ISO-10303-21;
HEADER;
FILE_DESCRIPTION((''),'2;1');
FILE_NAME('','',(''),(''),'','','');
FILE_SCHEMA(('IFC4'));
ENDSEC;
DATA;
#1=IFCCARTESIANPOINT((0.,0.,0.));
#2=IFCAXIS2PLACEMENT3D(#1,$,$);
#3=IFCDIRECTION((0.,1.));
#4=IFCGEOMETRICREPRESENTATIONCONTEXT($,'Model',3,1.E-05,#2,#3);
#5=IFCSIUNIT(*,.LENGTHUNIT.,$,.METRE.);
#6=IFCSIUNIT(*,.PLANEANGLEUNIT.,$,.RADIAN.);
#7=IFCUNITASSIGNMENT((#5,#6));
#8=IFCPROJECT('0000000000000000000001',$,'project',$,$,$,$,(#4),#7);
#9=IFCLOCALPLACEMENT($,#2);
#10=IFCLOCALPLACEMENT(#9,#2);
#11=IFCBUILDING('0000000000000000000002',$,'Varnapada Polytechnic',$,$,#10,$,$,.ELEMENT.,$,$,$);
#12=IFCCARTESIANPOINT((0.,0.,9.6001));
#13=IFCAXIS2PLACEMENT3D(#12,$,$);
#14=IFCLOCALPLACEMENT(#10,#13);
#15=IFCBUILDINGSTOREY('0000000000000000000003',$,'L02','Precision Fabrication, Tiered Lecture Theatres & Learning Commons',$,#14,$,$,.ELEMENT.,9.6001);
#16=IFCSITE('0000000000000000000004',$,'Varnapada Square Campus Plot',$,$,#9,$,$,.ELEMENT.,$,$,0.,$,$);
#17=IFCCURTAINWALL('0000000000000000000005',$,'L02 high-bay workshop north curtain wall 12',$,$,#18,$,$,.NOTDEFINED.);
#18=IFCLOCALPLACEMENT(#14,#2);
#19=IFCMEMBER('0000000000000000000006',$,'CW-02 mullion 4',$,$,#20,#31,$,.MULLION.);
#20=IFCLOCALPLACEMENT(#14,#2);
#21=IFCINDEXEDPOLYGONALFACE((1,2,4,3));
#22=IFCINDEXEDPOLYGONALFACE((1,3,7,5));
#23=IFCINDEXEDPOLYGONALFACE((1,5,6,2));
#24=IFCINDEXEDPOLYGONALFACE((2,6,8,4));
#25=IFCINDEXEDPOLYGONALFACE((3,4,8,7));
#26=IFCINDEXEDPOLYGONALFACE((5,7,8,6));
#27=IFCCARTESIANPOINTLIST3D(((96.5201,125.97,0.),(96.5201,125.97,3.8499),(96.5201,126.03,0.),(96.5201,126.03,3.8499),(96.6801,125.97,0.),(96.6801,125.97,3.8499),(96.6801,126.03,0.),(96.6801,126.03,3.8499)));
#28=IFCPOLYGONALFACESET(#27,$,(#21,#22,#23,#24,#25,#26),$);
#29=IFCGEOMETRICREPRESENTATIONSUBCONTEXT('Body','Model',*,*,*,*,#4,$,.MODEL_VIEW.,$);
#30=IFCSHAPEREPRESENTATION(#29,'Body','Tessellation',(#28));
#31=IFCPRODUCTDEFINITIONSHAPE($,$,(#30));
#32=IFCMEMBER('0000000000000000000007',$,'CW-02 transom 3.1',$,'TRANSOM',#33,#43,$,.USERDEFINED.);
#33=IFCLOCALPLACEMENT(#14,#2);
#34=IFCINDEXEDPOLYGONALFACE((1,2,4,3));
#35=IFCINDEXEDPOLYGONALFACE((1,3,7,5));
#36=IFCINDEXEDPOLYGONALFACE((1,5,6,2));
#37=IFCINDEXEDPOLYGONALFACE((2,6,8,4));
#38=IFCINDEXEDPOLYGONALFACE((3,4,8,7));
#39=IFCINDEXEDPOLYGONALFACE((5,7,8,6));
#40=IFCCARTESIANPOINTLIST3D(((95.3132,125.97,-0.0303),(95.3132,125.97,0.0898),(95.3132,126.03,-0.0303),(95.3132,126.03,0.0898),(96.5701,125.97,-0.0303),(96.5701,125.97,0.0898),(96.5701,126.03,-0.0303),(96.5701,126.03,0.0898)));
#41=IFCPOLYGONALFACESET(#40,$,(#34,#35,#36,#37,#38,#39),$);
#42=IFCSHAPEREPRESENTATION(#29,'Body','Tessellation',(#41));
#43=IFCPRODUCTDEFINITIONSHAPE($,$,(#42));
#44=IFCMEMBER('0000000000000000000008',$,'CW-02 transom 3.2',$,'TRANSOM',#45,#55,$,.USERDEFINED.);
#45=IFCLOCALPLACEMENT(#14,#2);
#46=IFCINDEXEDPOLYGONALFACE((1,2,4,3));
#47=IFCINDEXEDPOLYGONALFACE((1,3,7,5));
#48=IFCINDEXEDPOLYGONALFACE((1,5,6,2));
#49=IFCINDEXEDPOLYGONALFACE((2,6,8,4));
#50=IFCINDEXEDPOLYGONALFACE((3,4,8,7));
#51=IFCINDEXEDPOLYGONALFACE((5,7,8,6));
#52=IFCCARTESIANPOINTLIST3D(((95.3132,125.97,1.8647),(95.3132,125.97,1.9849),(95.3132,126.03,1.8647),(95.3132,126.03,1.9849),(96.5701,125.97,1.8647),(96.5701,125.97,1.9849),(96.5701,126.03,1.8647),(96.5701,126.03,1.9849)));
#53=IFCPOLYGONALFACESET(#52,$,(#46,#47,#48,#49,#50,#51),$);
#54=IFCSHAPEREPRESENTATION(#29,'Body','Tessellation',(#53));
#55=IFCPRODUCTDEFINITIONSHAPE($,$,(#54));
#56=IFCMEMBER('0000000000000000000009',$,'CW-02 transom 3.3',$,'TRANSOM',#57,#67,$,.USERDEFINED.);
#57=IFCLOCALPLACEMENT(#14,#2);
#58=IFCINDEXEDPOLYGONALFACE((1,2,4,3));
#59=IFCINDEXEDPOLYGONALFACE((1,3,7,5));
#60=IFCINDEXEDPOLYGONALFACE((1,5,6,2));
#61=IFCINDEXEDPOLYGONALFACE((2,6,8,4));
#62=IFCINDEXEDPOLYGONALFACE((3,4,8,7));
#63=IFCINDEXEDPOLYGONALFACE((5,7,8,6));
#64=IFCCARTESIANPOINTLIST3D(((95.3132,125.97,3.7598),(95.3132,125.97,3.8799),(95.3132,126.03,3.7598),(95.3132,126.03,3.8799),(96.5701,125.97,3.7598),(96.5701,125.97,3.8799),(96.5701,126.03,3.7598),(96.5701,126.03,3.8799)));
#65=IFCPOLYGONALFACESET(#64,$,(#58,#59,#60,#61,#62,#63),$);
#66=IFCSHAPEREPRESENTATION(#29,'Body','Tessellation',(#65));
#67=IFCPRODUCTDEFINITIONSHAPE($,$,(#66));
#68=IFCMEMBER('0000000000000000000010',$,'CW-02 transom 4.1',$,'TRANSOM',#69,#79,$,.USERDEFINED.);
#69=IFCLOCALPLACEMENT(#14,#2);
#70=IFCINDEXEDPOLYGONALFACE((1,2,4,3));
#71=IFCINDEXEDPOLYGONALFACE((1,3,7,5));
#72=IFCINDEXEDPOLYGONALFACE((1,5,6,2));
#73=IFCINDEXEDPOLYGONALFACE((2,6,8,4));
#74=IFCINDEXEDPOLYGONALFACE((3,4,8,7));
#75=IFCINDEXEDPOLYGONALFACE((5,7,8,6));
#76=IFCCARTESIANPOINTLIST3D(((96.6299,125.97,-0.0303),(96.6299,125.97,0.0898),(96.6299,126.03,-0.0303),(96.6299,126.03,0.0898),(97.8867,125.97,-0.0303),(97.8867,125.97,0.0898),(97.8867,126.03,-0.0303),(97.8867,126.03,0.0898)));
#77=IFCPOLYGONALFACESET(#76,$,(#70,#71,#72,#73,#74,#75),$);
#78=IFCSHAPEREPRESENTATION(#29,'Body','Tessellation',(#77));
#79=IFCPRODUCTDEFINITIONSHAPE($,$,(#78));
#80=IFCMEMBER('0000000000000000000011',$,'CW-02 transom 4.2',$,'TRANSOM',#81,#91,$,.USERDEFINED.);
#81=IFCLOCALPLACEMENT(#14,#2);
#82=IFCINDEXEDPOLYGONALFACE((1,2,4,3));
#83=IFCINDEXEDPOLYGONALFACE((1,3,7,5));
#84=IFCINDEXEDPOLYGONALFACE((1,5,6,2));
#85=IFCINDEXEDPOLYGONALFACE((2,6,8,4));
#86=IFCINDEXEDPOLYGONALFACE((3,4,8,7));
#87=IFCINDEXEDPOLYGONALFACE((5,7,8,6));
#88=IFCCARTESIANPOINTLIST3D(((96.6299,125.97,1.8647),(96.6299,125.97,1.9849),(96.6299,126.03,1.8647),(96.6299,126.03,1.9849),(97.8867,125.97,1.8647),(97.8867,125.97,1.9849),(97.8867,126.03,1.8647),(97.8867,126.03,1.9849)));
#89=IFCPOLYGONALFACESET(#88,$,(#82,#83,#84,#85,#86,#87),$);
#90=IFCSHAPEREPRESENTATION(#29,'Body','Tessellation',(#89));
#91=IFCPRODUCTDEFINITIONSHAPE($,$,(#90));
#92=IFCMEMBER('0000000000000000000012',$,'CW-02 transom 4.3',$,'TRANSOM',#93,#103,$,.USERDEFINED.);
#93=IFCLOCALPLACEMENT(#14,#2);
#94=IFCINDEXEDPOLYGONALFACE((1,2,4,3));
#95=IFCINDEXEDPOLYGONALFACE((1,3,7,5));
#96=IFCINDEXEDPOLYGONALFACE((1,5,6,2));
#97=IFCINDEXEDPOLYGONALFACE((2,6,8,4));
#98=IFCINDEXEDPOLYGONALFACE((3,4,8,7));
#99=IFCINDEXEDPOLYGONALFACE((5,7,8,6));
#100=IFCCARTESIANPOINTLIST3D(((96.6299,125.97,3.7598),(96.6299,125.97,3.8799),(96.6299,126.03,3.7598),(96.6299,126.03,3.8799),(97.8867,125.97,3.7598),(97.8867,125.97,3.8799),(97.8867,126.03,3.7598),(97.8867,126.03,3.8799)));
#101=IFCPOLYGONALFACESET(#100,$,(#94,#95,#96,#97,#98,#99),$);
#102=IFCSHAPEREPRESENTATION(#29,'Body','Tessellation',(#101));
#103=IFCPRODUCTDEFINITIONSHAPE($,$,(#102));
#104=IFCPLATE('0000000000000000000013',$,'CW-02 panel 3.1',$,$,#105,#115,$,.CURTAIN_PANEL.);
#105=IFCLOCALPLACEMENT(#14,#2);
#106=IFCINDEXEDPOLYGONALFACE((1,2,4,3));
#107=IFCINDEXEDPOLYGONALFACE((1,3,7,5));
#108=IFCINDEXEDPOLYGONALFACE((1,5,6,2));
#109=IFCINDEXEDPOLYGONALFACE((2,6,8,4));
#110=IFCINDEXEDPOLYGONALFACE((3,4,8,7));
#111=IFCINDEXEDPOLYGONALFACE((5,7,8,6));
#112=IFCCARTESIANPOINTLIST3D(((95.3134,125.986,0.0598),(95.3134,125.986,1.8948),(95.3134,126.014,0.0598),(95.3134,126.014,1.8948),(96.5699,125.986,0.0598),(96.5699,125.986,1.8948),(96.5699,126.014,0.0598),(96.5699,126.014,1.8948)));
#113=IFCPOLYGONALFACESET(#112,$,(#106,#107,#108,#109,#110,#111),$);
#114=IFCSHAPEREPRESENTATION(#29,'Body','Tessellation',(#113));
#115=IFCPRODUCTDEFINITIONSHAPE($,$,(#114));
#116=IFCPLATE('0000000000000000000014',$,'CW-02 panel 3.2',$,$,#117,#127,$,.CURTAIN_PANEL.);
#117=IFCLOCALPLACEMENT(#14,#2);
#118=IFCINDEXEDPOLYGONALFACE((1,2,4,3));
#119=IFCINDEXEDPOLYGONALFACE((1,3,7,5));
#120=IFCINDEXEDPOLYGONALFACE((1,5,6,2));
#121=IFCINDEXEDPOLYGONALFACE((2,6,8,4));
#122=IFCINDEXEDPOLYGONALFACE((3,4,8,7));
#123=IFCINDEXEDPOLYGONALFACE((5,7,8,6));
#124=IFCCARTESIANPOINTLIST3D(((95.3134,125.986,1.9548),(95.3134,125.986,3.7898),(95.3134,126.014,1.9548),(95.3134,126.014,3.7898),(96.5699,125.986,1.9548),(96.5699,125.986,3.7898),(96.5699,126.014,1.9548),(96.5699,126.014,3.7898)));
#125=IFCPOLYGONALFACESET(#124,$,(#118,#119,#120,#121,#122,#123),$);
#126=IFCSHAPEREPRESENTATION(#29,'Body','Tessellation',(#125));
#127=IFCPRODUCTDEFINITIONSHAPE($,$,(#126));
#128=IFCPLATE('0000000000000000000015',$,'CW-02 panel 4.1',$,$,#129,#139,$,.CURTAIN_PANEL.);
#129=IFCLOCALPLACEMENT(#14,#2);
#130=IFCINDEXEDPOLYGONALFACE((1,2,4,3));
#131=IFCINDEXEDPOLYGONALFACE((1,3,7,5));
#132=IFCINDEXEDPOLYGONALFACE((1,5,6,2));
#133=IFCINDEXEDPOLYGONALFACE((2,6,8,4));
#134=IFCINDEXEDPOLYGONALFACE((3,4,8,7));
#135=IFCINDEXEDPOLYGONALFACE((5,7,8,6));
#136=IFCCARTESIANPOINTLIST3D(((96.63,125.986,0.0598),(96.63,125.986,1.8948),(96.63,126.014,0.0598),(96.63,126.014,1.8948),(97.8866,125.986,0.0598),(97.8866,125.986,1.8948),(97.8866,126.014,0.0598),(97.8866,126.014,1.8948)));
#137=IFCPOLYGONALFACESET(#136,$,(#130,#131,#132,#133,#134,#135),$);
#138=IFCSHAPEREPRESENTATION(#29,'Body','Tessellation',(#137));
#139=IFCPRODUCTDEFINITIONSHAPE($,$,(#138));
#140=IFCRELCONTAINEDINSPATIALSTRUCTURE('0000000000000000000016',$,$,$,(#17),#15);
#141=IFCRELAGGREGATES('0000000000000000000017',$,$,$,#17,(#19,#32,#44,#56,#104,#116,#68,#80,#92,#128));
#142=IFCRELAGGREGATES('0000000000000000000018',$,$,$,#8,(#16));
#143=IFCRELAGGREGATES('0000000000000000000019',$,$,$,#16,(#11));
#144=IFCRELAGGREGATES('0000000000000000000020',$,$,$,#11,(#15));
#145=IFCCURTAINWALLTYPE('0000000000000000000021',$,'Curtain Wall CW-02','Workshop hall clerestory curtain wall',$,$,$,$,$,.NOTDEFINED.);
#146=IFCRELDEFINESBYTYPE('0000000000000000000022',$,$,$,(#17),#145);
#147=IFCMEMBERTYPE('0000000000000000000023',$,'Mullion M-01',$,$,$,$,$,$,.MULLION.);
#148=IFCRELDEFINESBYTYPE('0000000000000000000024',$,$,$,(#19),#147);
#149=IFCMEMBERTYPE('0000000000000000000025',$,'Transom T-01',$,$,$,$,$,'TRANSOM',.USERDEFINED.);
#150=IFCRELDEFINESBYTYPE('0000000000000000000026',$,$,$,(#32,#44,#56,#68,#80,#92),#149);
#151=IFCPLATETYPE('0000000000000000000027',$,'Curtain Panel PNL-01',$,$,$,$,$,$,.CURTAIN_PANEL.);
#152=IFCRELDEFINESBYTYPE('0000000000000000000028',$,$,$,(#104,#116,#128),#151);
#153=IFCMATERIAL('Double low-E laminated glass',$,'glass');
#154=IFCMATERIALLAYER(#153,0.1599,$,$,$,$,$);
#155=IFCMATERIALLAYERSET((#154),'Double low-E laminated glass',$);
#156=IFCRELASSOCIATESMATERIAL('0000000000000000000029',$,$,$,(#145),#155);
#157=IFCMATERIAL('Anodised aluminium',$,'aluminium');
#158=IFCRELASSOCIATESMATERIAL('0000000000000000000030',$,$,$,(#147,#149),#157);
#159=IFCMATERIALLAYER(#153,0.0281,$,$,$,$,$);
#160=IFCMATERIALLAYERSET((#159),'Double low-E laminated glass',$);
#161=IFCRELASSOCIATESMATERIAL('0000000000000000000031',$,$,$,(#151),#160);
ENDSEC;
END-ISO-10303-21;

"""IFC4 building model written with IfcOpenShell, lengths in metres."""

from ifc_helpers import new_model, si_unit, direction, frame, origin, origin_2d, place, context, subcontext, project, spatial, rectangle, extrude, material, layer, layer_set, material_profile, profile_set, type_object, element, aggregate, save


model = new_model("IFC4")

# Units and contexts
model_context = context("Model", 3, precision=1e-05, world=origin(), true_north=direction((0.0, 1.0)))
body_context = subcontext(model_context, "Body", "Model", "MODEL_VIEW")
ifc_project = project(units=[si_unit("LENGTHUNIT", "METRE"), si_unit("PLANEANGLEUNIT", "RADIAN")], contexts=[model_context])

# Site, building, storey
site_placement = place(None, origin())
site = spatial("IfcSite", under=ifc_project, at=site_placement, Name="Varnapada Square Campus Plot", CompositionType="ELEMENT", RefElevation=0.0)
building_placement = place(site_placement, origin())
building = spatial("IfcBuilding", under=site, at=building_placement, Name="Varnapada Polytechnic", CompositionType="ELEMENT")
storey_placement = place(building_placement, frame((0.0, 0.0, 9.6001)))
storey = spatial("IfcBuildingStorey", under=building, at=storey_placement, Name="L02", Description="Precision Fabrication, Tiered Lecture Theatres & Learning Commons", CompositionType="ELEMENT", Elevation=9.6001)

# Curtain wall, members, plates
ifc_material_1 = material(Name="Double low-E laminated glass", Category="glass")
ifc_layer_1 = layer(ifc_material_1, 0.1599)
ifc_layer_set_1 = layer_set([ifc_layer_1], Name="Double low-E laminated glass")
curtain_wall_type = type_object("IfcCurtainWallType", Name="Curtain Wall CW-02", Description="Workshop hall clerestory curtain wall", PredefinedType="NOTDEFINED", material=ifc_layer_set_1)
curtain_wall_placement = place(storey_placement, origin())
curtain_wall = element("IfcCurtainWall", 1, at=curtain_wall_placement, inside=storey, type_object=curtain_wall_type, Name="L02 high-bay workshop north curtain wall 12", PredefinedType="NOTDEFINED")
ifc_material_2 = material(Name="Anodised aluminium", Category="aluminium")
ifc_material_profile_1 = material_profile(ifc_material_2, rectangle(XDim=0.0601, YDim=0.1599, at=origin_2d()), Name="ALU M60x160")
ifc_profile_set_1 = profile_set([ifc_material_profile_1], Name="Anodised aluminium")
member_type_1 = type_object("IfcMemberType", Name="Mullion M-01", PredefinedType="MULLION", material=ifc_profile_set_1)
member_1_placement = place(storey_placement, frame((96.6001, 126.0, 0.0), z_axis=(0.0, 0.0, 1.0), x_axis=(0.0, 1.0, 0.0)))
member_1 = element("IfcMember", 2, at=member_1_placement, type_object=member_type_1, Name="CW-02 mullion 4", PredefinedType="MULLION", context=body_context, shape_type="SweptSolid", body=[
    extrude(rectangle(XDim=0.0601, YDim=0.1599, at=origin_2d()), origin(), (0.0, 0.0, 1.0), 3.8499),
])
ifc_material_profile_2 = material_profile(ifc_material_2, rectangle(XDim=0.0601, YDim=0.1201, at=origin_2d()), Name="ALU T60x120")
ifc_profile_set_2 = profile_set([ifc_material_profile_2], Name="Anodised aluminium")
member_type_2 = type_object("IfcMemberType", Name="Transom T-01", ElementType="TRANSOM", PredefinedType="USERDEFINED", material=ifc_profile_set_2)
member_2_placement = place(storey_placement, frame((95.3132, 126.0, 0.0298), z_axis=(1.0, 0.0, 0.0), x_axis=(0.0, 1.0, 0.0)))
member_2 = element("IfcMember", 3, at=member_2_placement, type_object=member_type_2, Name="CW-02 transom 3.1", ObjectType="TRANSOM", PredefinedType="USERDEFINED", context=body_context, shape_type="SweptSolid", body=[
    extrude(rectangle(XDim=0.0601, YDim=0.1201, at=origin_2d()), origin(), (0.0, 0.0, 1.0), 1.2568),
])
member_3_placement = place(storey_placement, frame((95.3132, 126.0, 1.9248), z_axis=(1.0, 0.0, 0.0), x_axis=(0.0, 1.0, 0.0)))
member_3 = element("IfcMember", 4, at=member_3_placement, type_object=member_type_2, Name="CW-02 transom 3.2", ObjectType="TRANSOM", PredefinedType="USERDEFINED", context=body_context, shape_type="SweptSolid", body=[
    extrude(rectangle(XDim=0.0601, YDim=0.1201, at=origin_2d()), origin(), (0.0, 0.0, 1.0), 1.2568),
])
member_4_placement = place(storey_placement, frame((95.3132, 126.0, 3.8198), z_axis=(1.0, 0.0, 0.0), x_axis=(0.0, 1.0, 0.0)))
member_4 = element("IfcMember", 5, at=member_4_placement, type_object=member_type_2, Name="CW-02 transom 3.3", ObjectType="TRANSOM", PredefinedType="USERDEFINED", context=body_context, shape_type="SweptSolid", body=[
    extrude(rectangle(XDim=0.0601, YDim=0.1201, at=origin_2d()), origin(), (0.0, 0.0, 1.0), 1.2568),
])
member_5_placement = place(storey_placement, frame((96.6299, 126.0, 0.0298), z_axis=(1.0, 0.0, 0.0), x_axis=(0.0, 1.0, 0.0)))
member_5 = element("IfcMember", 6, at=member_5_placement, type_object=member_type_2, Name="CW-02 transom 4.1", ObjectType="TRANSOM", PredefinedType="USERDEFINED", context=body_context, shape_type="SweptSolid", body=[
    extrude(rectangle(XDim=0.0601, YDim=0.1201, at=origin_2d()), origin(), (0.0, 0.0, 1.0), 1.2568),
])
member_6_placement = place(storey_placement, frame((96.6299, 126.0, 1.9248), z_axis=(1.0, 0.0, 0.0), x_axis=(0.0, 1.0, 0.0)))
member_6 = element("IfcMember", 7, at=member_6_placement, type_object=member_type_2, Name="CW-02 transom 4.2", ObjectType="TRANSOM", PredefinedType="USERDEFINED", context=body_context, shape_type="SweptSolid", body=[
    extrude(rectangle(XDim=0.0601, YDim=0.1201, at=origin_2d()), origin(), (0.0, 0.0, 1.0), 1.2568),
])
member_7_placement = place(storey_placement, frame((96.6299, 126.0, 3.8198), z_axis=(1.0, 0.0, 0.0), x_axis=(0.0, 1.0, 0.0)))
member_7 = element("IfcMember", 8, at=member_7_placement, type_object=member_type_2, Name="CW-02 transom 4.3", ObjectType="TRANSOM", PredefinedType="USERDEFINED", context=body_context, shape_type="SweptSolid", body=[
    extrude(rectangle(XDim=0.0601, YDim=0.1201, at=origin_2d()), origin(), (0.0, 0.0, 1.0), 1.2568),
])
ifc_layer_2 = layer(ifc_material_1, 0.0281)
ifc_layer_set_2 = layer_set([ifc_layer_2], Name="Double low-E laminated glass")
plate_type = type_object("IfcPlateType", Name="Curtain Panel PNL-01", PredefinedType="CURTAIN_PANEL", material=ifc_layer_set_2)
plate_1_placement = place(storey_placement, frame((95.9417, 126.0, 0.0598), z_axis=(0.0, 0.0, 1.0), x_axis=(1.0, 0.0, 0.0)))
plate_1 = element("IfcPlate", 9, at=plate_1_placement, type_object=plate_type, Name="CW-02 panel 3.1", PredefinedType="CURTAIN_PANEL", context=body_context, shape_type="SweptSolid", body=[
    extrude(rectangle(XDim=1.2566, YDim=0.0281, at=origin_2d()), origin(), (0.0, 0.0, 1.0), 1.835),
])
plate_2_placement = place(storey_placement, frame((95.9417, 126.0, 1.9548), z_axis=(0.0, 0.0, 1.0), x_axis=(1.0, 0.0, 0.0)))
plate_2 = element("IfcPlate", 10, at=plate_2_placement, type_object=plate_type, Name="CW-02 panel 3.2", PredefinedType="CURTAIN_PANEL", context=body_context, shape_type="SweptSolid", body=[
    extrude(rectangle(XDim=1.2566, YDim=0.0281, at=origin_2d()), origin(), (0.0, 0.0, 1.0), 1.835),
])
plate_3_placement = place(storey_placement, frame((97.2583, 126.0, 0.0598), z_axis=(0.0, 0.0, 1.0), x_axis=(1.0, 0.0, 0.0)))
plate_3 = element("IfcPlate", 11, at=plate_3_placement, type_object=plate_type, Name="CW-02 panel 4.1", PredefinedType="CURTAIN_PANEL", context=body_context, shape_type="SweptSolid", body=[
    extrude(rectangle(XDim=1.2566, YDim=0.0281, at=origin_2d()), origin(), (0.0, 0.0, 1.0), 1.835),
])
aggregate(curtain_wall, [member_1, member_2, member_3, member_4, plate_1, plate_2, member_5, member_6, member_7, plate_3])

save(model, "model.ifc")
